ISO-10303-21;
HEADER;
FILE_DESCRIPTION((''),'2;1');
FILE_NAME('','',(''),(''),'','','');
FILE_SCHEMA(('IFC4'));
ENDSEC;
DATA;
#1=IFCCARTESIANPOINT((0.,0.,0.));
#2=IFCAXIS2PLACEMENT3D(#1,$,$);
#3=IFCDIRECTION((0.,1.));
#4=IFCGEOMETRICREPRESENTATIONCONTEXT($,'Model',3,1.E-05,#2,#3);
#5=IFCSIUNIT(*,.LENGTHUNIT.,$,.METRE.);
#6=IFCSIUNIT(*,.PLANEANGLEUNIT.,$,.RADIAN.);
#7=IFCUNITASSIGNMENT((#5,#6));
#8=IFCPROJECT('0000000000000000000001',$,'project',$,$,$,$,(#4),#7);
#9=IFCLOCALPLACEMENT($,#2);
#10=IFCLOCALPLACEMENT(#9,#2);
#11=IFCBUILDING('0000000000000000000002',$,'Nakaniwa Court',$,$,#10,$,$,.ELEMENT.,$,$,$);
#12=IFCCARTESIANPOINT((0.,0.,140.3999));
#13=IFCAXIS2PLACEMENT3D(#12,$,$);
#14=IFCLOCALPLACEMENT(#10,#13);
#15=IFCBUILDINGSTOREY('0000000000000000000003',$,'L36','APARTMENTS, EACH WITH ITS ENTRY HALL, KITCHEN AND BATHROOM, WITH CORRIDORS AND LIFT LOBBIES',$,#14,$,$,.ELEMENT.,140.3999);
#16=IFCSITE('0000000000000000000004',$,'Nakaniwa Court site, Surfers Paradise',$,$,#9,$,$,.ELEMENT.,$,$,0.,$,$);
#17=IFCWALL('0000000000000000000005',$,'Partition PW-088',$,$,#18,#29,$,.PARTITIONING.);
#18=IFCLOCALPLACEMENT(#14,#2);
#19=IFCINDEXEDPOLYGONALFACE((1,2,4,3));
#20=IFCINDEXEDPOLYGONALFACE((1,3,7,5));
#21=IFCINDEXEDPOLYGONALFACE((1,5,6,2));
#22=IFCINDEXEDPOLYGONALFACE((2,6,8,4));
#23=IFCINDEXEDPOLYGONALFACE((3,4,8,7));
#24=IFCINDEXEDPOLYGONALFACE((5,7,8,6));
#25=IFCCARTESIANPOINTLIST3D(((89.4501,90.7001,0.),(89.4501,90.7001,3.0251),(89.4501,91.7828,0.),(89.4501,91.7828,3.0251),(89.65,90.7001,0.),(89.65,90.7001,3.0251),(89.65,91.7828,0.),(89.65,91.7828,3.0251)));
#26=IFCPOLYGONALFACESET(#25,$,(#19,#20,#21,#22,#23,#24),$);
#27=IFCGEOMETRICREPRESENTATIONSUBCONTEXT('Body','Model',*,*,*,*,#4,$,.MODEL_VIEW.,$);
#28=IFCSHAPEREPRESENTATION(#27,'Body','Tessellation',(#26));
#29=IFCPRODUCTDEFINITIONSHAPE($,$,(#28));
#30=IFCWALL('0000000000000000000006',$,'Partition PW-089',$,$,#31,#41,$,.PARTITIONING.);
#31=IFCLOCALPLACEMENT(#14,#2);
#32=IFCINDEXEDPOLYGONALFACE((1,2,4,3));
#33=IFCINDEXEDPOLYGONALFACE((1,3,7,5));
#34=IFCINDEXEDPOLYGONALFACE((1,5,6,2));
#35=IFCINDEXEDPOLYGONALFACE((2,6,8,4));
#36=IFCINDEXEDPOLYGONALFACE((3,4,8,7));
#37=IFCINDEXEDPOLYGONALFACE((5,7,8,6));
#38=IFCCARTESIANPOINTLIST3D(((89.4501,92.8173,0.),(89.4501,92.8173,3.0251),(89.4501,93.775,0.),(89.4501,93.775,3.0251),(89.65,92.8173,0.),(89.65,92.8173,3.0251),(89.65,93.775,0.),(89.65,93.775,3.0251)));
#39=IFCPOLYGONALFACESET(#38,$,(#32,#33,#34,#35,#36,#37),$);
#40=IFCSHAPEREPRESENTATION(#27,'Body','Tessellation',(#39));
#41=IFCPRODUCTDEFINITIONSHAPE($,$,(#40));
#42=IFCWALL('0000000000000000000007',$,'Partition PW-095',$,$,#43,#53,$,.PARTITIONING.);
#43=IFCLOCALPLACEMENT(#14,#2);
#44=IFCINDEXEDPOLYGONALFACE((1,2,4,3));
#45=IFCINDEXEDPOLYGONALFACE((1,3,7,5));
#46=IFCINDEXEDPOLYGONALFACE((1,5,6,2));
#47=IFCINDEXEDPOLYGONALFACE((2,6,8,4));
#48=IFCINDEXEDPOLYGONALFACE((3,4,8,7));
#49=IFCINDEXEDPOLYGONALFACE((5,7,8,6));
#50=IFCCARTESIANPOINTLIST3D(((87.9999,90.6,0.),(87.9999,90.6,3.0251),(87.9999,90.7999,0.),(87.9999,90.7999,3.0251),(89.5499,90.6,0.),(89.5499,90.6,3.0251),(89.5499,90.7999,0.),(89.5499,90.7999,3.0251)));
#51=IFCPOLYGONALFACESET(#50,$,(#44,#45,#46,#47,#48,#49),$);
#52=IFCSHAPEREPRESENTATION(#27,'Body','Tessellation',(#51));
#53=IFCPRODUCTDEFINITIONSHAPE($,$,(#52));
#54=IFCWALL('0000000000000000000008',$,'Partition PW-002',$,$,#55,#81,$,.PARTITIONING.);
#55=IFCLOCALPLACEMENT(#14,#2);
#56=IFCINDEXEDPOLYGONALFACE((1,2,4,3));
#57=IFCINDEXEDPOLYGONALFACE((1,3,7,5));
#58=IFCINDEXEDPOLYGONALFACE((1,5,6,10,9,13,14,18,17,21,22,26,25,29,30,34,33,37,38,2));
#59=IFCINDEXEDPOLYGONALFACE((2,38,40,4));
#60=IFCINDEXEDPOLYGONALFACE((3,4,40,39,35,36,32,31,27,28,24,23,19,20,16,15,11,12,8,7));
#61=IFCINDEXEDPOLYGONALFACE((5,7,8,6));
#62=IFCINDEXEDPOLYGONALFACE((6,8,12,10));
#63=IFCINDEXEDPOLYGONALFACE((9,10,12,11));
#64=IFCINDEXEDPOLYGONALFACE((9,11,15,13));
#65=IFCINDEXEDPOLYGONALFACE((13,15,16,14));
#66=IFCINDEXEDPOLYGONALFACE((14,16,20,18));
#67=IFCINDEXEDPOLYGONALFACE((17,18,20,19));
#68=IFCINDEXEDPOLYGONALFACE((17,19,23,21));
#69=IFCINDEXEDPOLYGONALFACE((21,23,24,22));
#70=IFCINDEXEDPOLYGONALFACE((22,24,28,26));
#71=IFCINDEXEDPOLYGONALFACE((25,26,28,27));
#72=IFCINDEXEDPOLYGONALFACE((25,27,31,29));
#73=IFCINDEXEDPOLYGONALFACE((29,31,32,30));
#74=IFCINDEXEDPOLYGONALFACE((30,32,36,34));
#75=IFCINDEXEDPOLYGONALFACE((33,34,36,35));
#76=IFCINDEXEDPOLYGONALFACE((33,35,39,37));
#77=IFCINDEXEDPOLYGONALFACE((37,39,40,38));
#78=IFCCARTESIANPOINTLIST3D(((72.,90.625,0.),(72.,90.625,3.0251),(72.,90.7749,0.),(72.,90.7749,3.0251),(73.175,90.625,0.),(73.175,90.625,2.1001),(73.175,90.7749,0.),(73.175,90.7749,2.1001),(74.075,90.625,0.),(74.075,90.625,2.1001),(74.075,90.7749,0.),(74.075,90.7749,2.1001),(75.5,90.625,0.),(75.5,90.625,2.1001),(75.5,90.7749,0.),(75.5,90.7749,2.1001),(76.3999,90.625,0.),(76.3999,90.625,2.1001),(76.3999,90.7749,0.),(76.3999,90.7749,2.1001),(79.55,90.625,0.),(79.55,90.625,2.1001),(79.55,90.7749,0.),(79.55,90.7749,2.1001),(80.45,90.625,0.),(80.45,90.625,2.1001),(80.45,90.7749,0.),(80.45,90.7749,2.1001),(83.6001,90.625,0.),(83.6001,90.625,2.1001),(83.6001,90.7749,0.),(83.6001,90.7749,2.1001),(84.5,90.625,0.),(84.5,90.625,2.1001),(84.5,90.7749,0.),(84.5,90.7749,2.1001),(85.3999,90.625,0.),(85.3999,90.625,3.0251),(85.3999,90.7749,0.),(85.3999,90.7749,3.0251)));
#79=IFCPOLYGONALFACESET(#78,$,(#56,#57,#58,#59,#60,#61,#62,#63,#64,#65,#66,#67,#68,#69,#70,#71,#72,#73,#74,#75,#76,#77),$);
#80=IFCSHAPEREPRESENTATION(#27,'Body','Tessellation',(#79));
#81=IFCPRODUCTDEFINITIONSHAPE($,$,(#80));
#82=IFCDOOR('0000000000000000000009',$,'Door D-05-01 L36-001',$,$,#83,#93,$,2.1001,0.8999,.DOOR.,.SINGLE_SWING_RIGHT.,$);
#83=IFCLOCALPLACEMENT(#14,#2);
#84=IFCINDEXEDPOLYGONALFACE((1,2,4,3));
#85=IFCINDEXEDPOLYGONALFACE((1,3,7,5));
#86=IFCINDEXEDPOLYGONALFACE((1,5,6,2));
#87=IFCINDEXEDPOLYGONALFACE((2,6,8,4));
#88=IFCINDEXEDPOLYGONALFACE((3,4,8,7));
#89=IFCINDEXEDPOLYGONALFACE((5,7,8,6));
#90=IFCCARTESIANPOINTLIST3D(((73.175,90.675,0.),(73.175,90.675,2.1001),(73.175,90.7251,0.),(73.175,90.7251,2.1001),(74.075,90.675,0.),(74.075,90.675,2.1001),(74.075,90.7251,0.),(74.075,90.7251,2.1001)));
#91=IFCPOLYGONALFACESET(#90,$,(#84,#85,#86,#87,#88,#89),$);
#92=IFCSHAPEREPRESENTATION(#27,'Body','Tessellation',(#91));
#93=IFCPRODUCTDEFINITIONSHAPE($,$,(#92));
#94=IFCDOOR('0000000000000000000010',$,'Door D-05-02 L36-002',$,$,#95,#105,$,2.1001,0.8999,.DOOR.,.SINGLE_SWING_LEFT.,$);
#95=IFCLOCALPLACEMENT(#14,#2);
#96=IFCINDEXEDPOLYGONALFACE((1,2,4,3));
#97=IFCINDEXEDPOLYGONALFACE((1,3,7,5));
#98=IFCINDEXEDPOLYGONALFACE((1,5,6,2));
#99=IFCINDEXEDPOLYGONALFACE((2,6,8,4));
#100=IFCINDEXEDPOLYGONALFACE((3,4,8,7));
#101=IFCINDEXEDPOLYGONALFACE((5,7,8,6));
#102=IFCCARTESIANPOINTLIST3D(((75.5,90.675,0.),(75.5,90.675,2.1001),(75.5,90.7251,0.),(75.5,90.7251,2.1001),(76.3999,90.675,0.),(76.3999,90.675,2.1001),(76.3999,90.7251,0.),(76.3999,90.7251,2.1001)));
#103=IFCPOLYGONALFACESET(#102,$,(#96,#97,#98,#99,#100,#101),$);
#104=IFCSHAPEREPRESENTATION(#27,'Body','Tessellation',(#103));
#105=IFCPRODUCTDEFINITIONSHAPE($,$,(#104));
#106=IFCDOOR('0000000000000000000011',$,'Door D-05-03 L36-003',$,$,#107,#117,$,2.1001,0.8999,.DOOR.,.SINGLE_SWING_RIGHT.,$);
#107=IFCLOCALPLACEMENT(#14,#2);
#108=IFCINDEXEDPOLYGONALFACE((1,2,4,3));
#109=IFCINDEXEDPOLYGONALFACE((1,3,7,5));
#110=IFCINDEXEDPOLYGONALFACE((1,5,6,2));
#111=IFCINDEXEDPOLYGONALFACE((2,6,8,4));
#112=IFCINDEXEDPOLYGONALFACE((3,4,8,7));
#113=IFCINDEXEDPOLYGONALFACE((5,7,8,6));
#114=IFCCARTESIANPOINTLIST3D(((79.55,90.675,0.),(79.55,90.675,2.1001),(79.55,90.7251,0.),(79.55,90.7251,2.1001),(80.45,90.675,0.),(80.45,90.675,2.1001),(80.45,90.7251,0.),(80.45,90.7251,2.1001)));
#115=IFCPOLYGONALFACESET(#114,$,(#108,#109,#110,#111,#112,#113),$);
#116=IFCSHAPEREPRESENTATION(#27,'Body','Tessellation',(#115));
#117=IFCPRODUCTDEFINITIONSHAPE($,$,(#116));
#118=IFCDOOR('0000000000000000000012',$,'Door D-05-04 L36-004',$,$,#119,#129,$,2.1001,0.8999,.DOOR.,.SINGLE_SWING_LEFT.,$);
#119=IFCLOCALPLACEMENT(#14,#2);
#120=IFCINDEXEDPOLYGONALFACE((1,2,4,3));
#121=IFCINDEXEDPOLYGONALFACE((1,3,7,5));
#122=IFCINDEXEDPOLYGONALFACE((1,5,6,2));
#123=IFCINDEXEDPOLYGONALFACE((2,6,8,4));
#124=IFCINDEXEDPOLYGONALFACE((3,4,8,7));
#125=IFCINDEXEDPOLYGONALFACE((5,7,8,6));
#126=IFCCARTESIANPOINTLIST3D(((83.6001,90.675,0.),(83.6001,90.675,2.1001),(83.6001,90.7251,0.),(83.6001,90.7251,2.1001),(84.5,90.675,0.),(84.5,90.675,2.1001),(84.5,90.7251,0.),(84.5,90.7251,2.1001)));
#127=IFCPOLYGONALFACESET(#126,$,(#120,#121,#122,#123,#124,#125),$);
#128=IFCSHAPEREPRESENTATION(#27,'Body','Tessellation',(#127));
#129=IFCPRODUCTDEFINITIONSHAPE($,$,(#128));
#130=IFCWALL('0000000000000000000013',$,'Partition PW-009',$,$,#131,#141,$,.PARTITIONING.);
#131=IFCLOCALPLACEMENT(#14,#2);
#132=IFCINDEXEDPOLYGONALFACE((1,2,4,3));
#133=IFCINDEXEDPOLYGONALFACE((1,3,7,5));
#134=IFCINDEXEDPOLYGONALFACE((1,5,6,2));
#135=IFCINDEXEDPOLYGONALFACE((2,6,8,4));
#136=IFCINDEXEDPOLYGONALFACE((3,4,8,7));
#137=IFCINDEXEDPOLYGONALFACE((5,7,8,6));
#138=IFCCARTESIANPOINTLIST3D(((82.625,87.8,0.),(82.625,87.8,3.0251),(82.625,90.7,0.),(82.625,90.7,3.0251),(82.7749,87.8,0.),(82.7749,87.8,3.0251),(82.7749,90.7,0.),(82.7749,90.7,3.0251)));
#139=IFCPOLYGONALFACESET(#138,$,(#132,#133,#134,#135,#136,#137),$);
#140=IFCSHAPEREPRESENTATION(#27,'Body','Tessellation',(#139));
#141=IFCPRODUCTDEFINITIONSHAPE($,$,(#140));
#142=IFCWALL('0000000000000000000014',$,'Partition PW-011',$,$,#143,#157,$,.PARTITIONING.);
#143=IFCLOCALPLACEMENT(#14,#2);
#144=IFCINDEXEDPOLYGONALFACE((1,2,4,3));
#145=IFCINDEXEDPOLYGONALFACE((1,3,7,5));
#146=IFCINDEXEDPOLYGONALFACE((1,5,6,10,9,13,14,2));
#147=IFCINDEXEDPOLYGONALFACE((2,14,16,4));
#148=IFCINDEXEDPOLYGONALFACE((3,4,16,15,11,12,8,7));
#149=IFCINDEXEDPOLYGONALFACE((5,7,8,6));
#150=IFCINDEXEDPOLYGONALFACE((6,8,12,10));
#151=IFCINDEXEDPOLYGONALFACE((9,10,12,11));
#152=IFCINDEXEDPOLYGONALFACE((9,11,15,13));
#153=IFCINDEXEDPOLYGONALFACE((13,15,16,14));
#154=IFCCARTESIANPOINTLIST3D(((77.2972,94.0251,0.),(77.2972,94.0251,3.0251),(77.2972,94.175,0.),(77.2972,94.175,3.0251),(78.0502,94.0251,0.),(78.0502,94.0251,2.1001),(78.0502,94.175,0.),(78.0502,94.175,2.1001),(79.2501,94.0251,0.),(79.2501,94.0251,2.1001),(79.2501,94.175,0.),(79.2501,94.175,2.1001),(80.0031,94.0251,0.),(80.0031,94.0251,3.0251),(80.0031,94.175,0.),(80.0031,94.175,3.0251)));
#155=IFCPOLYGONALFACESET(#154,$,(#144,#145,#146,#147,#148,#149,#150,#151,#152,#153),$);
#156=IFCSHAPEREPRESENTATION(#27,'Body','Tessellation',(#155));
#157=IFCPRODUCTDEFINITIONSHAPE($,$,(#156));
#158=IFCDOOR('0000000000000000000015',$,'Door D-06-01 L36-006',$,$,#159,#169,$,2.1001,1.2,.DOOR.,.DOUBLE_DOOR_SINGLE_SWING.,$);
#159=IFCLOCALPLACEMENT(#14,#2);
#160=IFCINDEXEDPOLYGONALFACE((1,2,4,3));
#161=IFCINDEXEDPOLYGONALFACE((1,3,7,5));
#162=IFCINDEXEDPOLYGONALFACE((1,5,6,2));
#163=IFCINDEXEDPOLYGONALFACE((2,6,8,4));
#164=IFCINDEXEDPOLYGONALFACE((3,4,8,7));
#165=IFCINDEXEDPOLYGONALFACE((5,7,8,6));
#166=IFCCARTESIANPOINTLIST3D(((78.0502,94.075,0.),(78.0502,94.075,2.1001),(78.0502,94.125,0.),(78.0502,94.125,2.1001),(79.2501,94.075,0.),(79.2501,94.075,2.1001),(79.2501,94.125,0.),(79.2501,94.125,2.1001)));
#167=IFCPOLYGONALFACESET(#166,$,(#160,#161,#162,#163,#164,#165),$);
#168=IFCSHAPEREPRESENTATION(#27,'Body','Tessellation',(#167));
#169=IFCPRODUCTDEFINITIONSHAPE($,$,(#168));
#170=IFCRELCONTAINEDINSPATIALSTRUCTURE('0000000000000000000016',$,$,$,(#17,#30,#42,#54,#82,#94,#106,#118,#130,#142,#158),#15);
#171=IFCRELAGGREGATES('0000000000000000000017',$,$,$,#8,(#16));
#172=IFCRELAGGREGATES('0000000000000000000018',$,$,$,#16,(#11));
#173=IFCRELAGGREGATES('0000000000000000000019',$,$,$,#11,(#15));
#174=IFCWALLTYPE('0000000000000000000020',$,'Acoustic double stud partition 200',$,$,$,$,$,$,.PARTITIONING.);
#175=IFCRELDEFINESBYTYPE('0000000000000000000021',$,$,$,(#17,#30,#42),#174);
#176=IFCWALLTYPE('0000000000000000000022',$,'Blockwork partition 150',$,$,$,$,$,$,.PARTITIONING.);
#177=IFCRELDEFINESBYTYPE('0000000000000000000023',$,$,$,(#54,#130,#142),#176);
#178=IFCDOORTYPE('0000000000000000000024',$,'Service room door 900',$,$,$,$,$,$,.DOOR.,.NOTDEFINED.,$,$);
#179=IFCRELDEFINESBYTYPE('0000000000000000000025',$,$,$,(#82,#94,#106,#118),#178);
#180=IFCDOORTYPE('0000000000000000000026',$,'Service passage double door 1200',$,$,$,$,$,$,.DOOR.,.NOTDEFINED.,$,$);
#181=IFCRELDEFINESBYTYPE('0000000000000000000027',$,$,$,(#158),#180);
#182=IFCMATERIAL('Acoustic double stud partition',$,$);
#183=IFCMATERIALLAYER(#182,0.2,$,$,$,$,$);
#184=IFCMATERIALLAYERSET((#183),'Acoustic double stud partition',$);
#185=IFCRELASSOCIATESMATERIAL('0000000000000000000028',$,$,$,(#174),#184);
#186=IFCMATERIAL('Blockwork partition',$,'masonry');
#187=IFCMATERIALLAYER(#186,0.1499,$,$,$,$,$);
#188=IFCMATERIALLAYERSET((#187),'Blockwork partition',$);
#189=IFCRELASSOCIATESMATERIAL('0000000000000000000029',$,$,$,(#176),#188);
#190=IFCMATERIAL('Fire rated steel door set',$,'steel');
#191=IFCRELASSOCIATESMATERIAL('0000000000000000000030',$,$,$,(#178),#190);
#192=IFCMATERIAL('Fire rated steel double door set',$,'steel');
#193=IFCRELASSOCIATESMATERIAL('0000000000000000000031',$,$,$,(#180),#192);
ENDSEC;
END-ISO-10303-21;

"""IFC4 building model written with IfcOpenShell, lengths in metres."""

from ifc_helpers import new_model, si_unit, direction, frame, frame_2d, origin, place, context, subcontext, project, spatial, rectangle, extrude, material, layer, layer_set, type_object, element, fill, save


model = new_model("IFC4")

# Units and contexts
model_context = context("Model", 3, precision=1e-05, world=origin(), true_north=direction((0.0, 1.0)))
body_context = subcontext(model_context, "Body", "Model", "MODEL_VIEW")
ifc_project = project(units=[si_unit("LENGTHUNIT", "METRE"), si_unit("PLANEANGLEUNIT", "RADIAN")], contexts=[model_context])

# Site, building, storey
site_placement = place(None, origin())
site = spatial("IfcSite", under=ifc_project, at=site_placement, Name="Nakaniwa Court site, Surfers Paradise", CompositionType="ELEMENT", RefElevation=0.0)
building_placement = place(site_placement, origin())
building = spatial("IfcBuilding", under=site, at=building_placement, Name="Nakaniwa Court", CompositionType="ELEMENT")
storey_placement = place(building_placement, frame((0.0, 0.0, 140.3999)))
storey = spatial("IfcBuildingStorey", under=building, at=storey_placement, Name="L36", Description="APARTMENTS, EACH WITH ITS ENTRY HALL, KITCHEN AND BATHROOM, WITH CORRIDORS AND LIFT LOBBIES", CompositionType="ELEMENT", Elevation=140.3999)

# Walls
ifc_material_1 = material(Name="Acoustic double stud partition")
ifc_layer_1 = layer(ifc_material_1, 0.2)
ifc_layer_set_1 = layer_set([ifc_layer_1], Name="Acoustic double stud partition")
wall_type_1 = type_object("IfcWallType", Name="Acoustic double stud partition 200", PredefinedType="PARTITIONING", material=ifc_layer_set_1)
wall_1_placement = place(storey_placement, frame((89.55, 90.7, 0.0), z_axis=(0.0, 0.0, 1.0), x_axis=(0.0, 1.0, 0.0)))
element("IfcWall", 1, at=wall_1_placement, inside=storey, type_object=wall_type_1, Name="Partition PW-088", PredefinedType="PARTITIONING", context=body_context, shape_type="SweptSolid", body=[
    extrude(rectangle(XDim=1.0828, YDim=0.2, at=frame_2d((0.5415, 0.0))), origin(), (0.0, 0.0, 1.0), 3.0251),
])
wall_2_placement = place(storey_placement, frame((89.55, 92.8171, 0.0), z_axis=(0.0, 0.0, 1.0), x_axis=(0.0, 1.0, 0.0)))
element("IfcWall", 2, at=wall_2_placement, inside=storey, type_object=wall_type_1, Name="Partition PW-089", PredefinedType="PARTITIONING", context=body_context, shape_type="SweptSolid", body=[
    extrude(rectangle(XDim=0.9578, YDim=0.2, at=frame_2d((0.479, 0.0))), origin(), (0.0, 0.0, 1.0), 3.0251),
])
wall_3_placement = place(storey_placement, frame((88.0, 90.7, 0.0), z_axis=(0.0, 0.0, 1.0), x_axis=(1.0, 0.0, 0.0)))
element("IfcWall", 3, at=wall_3_placement, inside=storey, type_object=wall_type_1, Name="Partition PW-095", PredefinedType="PARTITIONING", context=body_context, shape_type="SweptSolid", body=[
    extrude(rectangle(XDim=1.55, YDim=0.2, at=frame_2d((0.7749, 0.0))), origin(), (0.0, 0.0, 1.0), 3.0251),
])

# Wall, openings, doors
ifc_material_2 = material(Name="Blockwork partition", Category="masonry")
ifc_layer_2 = layer(ifc_material_2, 0.1499)
ifc_layer_set_2 = layer_set([ifc_layer_2], Name="Blockwork partition")
wall_type_2 = type_object("IfcWallType", Name="Blockwork partition 150", PredefinedType="PARTITIONING", material=ifc_layer_set_2)
wall_4_placement = place(storey_placement, frame((85.3999, 90.7, 0.0), z_axis=(0.0, 0.0, 1.0), x_axis=(-1.0, 0.0, 0.0)))
wall_4 = element("IfcWall", 4, at=wall_4_placement, inside=storey, type_object=wall_type_2, Name="Partition PW-002", PredefinedType="PARTITIONING", context=body_context, shape_type="SweptSolid", body=[
    extrude(rectangle(XDim=13.3999, YDim=0.1499, at=frame_2d((6.7, 0.0))), origin(), (0.0, 0.0, 1.0), 3.0251),
])
opening_1_placement = place(wall_4_placement, frame((11.325, 0.0, 0.0)))
opening_1 = element("IfcOpeningElement", 5, at=opening_1_placement, cuts=wall_4, PredefinedType="OPENING", context=body_context, shape_type="SweptSolid", body=[
    extrude(rectangle(XDim=0.8999, YDim=2.1001, at=frame_2d((0.45, 1.05))), frame((0.0, 0.085, 0.0), z_axis=(0.0, -1.0, 0.0), x_axis=(1.0, 0.0, 0.0)), (0.0, 0.0, 1.0), 0.1699),
])
opening_2_placement = place(wall_4_placement, frame((9.0, 0.0, 0.0)))
opening_2 = element("IfcOpeningElement", 6, at=opening_2_placement, cuts=wall_4, PredefinedType="OPENING", context=body_context, shape_type="SweptSolid", body=[
    extrude(rectangle(XDim=0.8999, YDim=2.1001, at=frame_2d((0.45, 1.05))), frame((0.0, 0.085, 0.0), z_axis=(0.0, -1.0, 0.0), x_axis=(1.0, 0.0, 0.0)), (0.0, 0.0, 1.0), 0.1699),
])
opening_3_placement = place(wall_4_placement, frame((4.95, 0.0, 0.0)))
opening_3 = element("IfcOpeningElement", 7, at=opening_3_placement, cuts=wall_4, PredefinedType="OPENING", context=body_context, shape_type="SweptSolid", body=[
    extrude(rectangle(XDim=0.8999, YDim=2.1001, at=frame_2d((0.45, 1.05))), frame((0.0, 0.085, 0.0), z_axis=(0.0, -1.0, 0.0), x_axis=(1.0, 0.0, 0.0)), (0.0, 0.0, 1.0), 0.1699),
])
opening_4_placement = place(wall_4_placement, frame((0.8999, 0.0, 0.0)))
opening_4 = element("IfcOpeningElement", 8, at=opening_4_placement, cuts=wall_4, PredefinedType="OPENING", context=body_context, shape_type="SweptSolid", body=[
    extrude(rectangle(XDim=0.8999, YDim=2.1001, at=frame_2d((0.45, 1.05))), frame((0.0, 0.085, 0.0), z_axis=(0.0, -1.0, 0.0), x_axis=(1.0, 0.0, 0.0)), (0.0, 0.0, 1.0), 0.1699),
])
ifc_material_3 = material(Name="Fire rated steel door set", Category="steel")
door_type_1 = type_object("IfcDoorType", Name="Service room door 900", OperationType="NOTDEFINED", PredefinedType="DOOR", material=ifc_material_3)
door_1_placement = place(opening_1_placement, origin())
door_1 = element("IfcDoor", 9, at=door_1_placement, inside=storey, type_object=door_type_1, Name="Door D-05-01 L36-001", OperationType="SINGLE_SWING_RIGHT", OverallHeight=2.1001, OverallWidth=0.8999, PredefinedType="DOOR", context=body_context, shape_type="SweptSolid", body=[
    extrude(rectangle(XDim=0.8999, YDim=2.1001, at=frame_2d((0.45, 1.05))), frame((0.0, 0.0249, 0.0), z_axis=(0.0, -1.0, 0.0), x_axis=(1.0, 0.0, 0.0)), (0.0, 0.0, 1.0), 0.05),
])
fill(opening_1, door_1)
door_2_placement = place(opening_2_placement, origin())
door_2 = element("IfcDoor", 10, at=door_2_placement, inside=storey, type_object=door_type_1, Name="Door D-05-02 L36-002", OperationType="SINGLE_SWING_LEFT", OverallHeight=2.1001, OverallWidth=0.8999, PredefinedType="DOOR", context=body_context, shape_type="SweptSolid", body=[
    extrude(rectangle(XDim=0.8999, YDim=2.1001, at=frame_2d((0.45, 1.05))), frame((0.0, 0.0249, 0.0), z_axis=(0.0, -1.0, 0.0), x_axis=(1.0, 0.0, 0.0)), (0.0, 0.0, 1.0), 0.05),
])
fill(opening_2, door_2)
door_3_placement = place(opening_3_placement, origin())
door_3 = element("IfcDoor", 11, at=door_3_placement, inside=storey, type_object=door_type_1, Name="Door D-05-03 L36-003", OperationType="SINGLE_SWING_RIGHT", OverallHeight=2.1001, OverallWidth=0.8999, PredefinedType="DOOR", context=body_context, shape_type="SweptSolid", body=[
    extrude(rectangle(XDim=0.8999, YDim=2.1001, at=frame_2d((0.45, 1.05))), frame((0.0, 0.0249, 0.0), z_axis=(0.0, -1.0, 0.0), x_axis=(1.0, 0.0, 0.0)), (0.0, 0.0, 1.0), 0.05),
])
fill(opening_3, door_3)
door_4_placement = place(opening_4_placement, origin())
door_4 = element("IfcDoor", 12, at=door_4_placement, inside=storey, type_object=door_type_1, Name="Door D-05-04 L36-004", OperationType="SINGLE_SWING_LEFT", OverallHeight=2.1001, OverallWidth=0.8999, PredefinedType="DOOR", context=body_context, shape_type="SweptSolid", body=[
    extrude(rectangle(XDim=0.8999, YDim=2.1001, at=frame_2d((0.45, 1.05))), frame((0.0, 0.0249, 0.0), z_axis=(0.0, -1.0, 0.0), x_axis=(1.0, 0.0, 0.0)), (0.0, 0.0, 1.0), 0.05),
])
fill(opening_4, door_4)

# Wall
wall_5_placement = place(storey_placement, frame((82.7, 87.8, 0.0), z_axis=(0.0, 0.0, 1.0), x_axis=(0.0, 1.0, 0.0)))
element("IfcWall", 13, at=wall_5_placement, inside=storey, type_object=wall_type_2, Name="Partition PW-009", PredefinedType="PARTITIONING", context=body_context, shape_type="SweptSolid", body=[
    extrude(rectangle(XDim=2.8999, YDim=0.1499, at=frame_2d((1.45, 0.0))), origin(), (0.0, 0.0, 1.0), 3.0251),
])

# Wall, opening, door
wall_6_placement = place(storey_placement, frame((77.2971, 94.1001, 0.0), z_axis=(0.0, 0.0, 1.0), x_axis=(1.0, 0.0, 0.0)))
wall_6 = element("IfcWall", 14, at=wall_6_placement, inside=storey, type_object=wall_type_2, Name="Partition PW-011", PredefinedType="PARTITIONING", context=body_context, shape_type="SweptSolid", body=[
    extrude(rectangle(XDim=2.7058, YDim=0.1499, at=frame_2d((1.353, 0.0))), origin(), (0.0, 0.0, 1.0), 3.0251),
])
opening_5_placement = place(wall_6_placement, frame((0.7529, 0.0, 0.0)))
opening_5 = element("IfcOpeningElement", 15, at=opening_5_placement, cuts=wall_6, PredefinedType="OPENING", context=body_context, shape_type="SweptSolid", body=[
    extrude(rectangle(XDim=1.2, YDim=2.1001, at=frame_2d((0.6001, 1.05))), frame((0.0, 0.085, 0.0), z_axis=(0.0, -1.0, 0.0), x_axis=(1.0, 0.0, 0.0)), (0.0, 0.0, 1.0), 0.1699),
])
ifc_material_4 = material(Name="Fire rated steel double door set", Category="steel")
door_type_2 = type_object("IfcDoorType", Name="Service passage double door 1200", OperationType="NOTDEFINED", PredefinedType="DOOR", material=ifc_material_4)
door_5_placement = place(opening_5_placement, origin())
door_5 = element("IfcDoor", 16, at=door_5_placement, inside=storey, type_object=door_type_2, Name="Door D-06-01 L36-006", OperationType="DOUBLE_DOOR_SINGLE_SWING", OverallHeight=2.1001, OverallWidth=1.2, PredefinedType="DOOR", context=body_context, shape_type="SweptSolid", body=[
    extrude(rectangle(XDim=1.2, YDim=2.1001, at=frame_2d((0.6001, 1.05))), frame((0.0, 0.0249, 0.0), z_axis=(0.0, -1.0, 0.0), x_axis=(1.0, 0.0, 0.0)), (0.0, 0.0, 1.0), 0.05),
])
fill(opening_5, door_5)

save(model, "model.ifc")
